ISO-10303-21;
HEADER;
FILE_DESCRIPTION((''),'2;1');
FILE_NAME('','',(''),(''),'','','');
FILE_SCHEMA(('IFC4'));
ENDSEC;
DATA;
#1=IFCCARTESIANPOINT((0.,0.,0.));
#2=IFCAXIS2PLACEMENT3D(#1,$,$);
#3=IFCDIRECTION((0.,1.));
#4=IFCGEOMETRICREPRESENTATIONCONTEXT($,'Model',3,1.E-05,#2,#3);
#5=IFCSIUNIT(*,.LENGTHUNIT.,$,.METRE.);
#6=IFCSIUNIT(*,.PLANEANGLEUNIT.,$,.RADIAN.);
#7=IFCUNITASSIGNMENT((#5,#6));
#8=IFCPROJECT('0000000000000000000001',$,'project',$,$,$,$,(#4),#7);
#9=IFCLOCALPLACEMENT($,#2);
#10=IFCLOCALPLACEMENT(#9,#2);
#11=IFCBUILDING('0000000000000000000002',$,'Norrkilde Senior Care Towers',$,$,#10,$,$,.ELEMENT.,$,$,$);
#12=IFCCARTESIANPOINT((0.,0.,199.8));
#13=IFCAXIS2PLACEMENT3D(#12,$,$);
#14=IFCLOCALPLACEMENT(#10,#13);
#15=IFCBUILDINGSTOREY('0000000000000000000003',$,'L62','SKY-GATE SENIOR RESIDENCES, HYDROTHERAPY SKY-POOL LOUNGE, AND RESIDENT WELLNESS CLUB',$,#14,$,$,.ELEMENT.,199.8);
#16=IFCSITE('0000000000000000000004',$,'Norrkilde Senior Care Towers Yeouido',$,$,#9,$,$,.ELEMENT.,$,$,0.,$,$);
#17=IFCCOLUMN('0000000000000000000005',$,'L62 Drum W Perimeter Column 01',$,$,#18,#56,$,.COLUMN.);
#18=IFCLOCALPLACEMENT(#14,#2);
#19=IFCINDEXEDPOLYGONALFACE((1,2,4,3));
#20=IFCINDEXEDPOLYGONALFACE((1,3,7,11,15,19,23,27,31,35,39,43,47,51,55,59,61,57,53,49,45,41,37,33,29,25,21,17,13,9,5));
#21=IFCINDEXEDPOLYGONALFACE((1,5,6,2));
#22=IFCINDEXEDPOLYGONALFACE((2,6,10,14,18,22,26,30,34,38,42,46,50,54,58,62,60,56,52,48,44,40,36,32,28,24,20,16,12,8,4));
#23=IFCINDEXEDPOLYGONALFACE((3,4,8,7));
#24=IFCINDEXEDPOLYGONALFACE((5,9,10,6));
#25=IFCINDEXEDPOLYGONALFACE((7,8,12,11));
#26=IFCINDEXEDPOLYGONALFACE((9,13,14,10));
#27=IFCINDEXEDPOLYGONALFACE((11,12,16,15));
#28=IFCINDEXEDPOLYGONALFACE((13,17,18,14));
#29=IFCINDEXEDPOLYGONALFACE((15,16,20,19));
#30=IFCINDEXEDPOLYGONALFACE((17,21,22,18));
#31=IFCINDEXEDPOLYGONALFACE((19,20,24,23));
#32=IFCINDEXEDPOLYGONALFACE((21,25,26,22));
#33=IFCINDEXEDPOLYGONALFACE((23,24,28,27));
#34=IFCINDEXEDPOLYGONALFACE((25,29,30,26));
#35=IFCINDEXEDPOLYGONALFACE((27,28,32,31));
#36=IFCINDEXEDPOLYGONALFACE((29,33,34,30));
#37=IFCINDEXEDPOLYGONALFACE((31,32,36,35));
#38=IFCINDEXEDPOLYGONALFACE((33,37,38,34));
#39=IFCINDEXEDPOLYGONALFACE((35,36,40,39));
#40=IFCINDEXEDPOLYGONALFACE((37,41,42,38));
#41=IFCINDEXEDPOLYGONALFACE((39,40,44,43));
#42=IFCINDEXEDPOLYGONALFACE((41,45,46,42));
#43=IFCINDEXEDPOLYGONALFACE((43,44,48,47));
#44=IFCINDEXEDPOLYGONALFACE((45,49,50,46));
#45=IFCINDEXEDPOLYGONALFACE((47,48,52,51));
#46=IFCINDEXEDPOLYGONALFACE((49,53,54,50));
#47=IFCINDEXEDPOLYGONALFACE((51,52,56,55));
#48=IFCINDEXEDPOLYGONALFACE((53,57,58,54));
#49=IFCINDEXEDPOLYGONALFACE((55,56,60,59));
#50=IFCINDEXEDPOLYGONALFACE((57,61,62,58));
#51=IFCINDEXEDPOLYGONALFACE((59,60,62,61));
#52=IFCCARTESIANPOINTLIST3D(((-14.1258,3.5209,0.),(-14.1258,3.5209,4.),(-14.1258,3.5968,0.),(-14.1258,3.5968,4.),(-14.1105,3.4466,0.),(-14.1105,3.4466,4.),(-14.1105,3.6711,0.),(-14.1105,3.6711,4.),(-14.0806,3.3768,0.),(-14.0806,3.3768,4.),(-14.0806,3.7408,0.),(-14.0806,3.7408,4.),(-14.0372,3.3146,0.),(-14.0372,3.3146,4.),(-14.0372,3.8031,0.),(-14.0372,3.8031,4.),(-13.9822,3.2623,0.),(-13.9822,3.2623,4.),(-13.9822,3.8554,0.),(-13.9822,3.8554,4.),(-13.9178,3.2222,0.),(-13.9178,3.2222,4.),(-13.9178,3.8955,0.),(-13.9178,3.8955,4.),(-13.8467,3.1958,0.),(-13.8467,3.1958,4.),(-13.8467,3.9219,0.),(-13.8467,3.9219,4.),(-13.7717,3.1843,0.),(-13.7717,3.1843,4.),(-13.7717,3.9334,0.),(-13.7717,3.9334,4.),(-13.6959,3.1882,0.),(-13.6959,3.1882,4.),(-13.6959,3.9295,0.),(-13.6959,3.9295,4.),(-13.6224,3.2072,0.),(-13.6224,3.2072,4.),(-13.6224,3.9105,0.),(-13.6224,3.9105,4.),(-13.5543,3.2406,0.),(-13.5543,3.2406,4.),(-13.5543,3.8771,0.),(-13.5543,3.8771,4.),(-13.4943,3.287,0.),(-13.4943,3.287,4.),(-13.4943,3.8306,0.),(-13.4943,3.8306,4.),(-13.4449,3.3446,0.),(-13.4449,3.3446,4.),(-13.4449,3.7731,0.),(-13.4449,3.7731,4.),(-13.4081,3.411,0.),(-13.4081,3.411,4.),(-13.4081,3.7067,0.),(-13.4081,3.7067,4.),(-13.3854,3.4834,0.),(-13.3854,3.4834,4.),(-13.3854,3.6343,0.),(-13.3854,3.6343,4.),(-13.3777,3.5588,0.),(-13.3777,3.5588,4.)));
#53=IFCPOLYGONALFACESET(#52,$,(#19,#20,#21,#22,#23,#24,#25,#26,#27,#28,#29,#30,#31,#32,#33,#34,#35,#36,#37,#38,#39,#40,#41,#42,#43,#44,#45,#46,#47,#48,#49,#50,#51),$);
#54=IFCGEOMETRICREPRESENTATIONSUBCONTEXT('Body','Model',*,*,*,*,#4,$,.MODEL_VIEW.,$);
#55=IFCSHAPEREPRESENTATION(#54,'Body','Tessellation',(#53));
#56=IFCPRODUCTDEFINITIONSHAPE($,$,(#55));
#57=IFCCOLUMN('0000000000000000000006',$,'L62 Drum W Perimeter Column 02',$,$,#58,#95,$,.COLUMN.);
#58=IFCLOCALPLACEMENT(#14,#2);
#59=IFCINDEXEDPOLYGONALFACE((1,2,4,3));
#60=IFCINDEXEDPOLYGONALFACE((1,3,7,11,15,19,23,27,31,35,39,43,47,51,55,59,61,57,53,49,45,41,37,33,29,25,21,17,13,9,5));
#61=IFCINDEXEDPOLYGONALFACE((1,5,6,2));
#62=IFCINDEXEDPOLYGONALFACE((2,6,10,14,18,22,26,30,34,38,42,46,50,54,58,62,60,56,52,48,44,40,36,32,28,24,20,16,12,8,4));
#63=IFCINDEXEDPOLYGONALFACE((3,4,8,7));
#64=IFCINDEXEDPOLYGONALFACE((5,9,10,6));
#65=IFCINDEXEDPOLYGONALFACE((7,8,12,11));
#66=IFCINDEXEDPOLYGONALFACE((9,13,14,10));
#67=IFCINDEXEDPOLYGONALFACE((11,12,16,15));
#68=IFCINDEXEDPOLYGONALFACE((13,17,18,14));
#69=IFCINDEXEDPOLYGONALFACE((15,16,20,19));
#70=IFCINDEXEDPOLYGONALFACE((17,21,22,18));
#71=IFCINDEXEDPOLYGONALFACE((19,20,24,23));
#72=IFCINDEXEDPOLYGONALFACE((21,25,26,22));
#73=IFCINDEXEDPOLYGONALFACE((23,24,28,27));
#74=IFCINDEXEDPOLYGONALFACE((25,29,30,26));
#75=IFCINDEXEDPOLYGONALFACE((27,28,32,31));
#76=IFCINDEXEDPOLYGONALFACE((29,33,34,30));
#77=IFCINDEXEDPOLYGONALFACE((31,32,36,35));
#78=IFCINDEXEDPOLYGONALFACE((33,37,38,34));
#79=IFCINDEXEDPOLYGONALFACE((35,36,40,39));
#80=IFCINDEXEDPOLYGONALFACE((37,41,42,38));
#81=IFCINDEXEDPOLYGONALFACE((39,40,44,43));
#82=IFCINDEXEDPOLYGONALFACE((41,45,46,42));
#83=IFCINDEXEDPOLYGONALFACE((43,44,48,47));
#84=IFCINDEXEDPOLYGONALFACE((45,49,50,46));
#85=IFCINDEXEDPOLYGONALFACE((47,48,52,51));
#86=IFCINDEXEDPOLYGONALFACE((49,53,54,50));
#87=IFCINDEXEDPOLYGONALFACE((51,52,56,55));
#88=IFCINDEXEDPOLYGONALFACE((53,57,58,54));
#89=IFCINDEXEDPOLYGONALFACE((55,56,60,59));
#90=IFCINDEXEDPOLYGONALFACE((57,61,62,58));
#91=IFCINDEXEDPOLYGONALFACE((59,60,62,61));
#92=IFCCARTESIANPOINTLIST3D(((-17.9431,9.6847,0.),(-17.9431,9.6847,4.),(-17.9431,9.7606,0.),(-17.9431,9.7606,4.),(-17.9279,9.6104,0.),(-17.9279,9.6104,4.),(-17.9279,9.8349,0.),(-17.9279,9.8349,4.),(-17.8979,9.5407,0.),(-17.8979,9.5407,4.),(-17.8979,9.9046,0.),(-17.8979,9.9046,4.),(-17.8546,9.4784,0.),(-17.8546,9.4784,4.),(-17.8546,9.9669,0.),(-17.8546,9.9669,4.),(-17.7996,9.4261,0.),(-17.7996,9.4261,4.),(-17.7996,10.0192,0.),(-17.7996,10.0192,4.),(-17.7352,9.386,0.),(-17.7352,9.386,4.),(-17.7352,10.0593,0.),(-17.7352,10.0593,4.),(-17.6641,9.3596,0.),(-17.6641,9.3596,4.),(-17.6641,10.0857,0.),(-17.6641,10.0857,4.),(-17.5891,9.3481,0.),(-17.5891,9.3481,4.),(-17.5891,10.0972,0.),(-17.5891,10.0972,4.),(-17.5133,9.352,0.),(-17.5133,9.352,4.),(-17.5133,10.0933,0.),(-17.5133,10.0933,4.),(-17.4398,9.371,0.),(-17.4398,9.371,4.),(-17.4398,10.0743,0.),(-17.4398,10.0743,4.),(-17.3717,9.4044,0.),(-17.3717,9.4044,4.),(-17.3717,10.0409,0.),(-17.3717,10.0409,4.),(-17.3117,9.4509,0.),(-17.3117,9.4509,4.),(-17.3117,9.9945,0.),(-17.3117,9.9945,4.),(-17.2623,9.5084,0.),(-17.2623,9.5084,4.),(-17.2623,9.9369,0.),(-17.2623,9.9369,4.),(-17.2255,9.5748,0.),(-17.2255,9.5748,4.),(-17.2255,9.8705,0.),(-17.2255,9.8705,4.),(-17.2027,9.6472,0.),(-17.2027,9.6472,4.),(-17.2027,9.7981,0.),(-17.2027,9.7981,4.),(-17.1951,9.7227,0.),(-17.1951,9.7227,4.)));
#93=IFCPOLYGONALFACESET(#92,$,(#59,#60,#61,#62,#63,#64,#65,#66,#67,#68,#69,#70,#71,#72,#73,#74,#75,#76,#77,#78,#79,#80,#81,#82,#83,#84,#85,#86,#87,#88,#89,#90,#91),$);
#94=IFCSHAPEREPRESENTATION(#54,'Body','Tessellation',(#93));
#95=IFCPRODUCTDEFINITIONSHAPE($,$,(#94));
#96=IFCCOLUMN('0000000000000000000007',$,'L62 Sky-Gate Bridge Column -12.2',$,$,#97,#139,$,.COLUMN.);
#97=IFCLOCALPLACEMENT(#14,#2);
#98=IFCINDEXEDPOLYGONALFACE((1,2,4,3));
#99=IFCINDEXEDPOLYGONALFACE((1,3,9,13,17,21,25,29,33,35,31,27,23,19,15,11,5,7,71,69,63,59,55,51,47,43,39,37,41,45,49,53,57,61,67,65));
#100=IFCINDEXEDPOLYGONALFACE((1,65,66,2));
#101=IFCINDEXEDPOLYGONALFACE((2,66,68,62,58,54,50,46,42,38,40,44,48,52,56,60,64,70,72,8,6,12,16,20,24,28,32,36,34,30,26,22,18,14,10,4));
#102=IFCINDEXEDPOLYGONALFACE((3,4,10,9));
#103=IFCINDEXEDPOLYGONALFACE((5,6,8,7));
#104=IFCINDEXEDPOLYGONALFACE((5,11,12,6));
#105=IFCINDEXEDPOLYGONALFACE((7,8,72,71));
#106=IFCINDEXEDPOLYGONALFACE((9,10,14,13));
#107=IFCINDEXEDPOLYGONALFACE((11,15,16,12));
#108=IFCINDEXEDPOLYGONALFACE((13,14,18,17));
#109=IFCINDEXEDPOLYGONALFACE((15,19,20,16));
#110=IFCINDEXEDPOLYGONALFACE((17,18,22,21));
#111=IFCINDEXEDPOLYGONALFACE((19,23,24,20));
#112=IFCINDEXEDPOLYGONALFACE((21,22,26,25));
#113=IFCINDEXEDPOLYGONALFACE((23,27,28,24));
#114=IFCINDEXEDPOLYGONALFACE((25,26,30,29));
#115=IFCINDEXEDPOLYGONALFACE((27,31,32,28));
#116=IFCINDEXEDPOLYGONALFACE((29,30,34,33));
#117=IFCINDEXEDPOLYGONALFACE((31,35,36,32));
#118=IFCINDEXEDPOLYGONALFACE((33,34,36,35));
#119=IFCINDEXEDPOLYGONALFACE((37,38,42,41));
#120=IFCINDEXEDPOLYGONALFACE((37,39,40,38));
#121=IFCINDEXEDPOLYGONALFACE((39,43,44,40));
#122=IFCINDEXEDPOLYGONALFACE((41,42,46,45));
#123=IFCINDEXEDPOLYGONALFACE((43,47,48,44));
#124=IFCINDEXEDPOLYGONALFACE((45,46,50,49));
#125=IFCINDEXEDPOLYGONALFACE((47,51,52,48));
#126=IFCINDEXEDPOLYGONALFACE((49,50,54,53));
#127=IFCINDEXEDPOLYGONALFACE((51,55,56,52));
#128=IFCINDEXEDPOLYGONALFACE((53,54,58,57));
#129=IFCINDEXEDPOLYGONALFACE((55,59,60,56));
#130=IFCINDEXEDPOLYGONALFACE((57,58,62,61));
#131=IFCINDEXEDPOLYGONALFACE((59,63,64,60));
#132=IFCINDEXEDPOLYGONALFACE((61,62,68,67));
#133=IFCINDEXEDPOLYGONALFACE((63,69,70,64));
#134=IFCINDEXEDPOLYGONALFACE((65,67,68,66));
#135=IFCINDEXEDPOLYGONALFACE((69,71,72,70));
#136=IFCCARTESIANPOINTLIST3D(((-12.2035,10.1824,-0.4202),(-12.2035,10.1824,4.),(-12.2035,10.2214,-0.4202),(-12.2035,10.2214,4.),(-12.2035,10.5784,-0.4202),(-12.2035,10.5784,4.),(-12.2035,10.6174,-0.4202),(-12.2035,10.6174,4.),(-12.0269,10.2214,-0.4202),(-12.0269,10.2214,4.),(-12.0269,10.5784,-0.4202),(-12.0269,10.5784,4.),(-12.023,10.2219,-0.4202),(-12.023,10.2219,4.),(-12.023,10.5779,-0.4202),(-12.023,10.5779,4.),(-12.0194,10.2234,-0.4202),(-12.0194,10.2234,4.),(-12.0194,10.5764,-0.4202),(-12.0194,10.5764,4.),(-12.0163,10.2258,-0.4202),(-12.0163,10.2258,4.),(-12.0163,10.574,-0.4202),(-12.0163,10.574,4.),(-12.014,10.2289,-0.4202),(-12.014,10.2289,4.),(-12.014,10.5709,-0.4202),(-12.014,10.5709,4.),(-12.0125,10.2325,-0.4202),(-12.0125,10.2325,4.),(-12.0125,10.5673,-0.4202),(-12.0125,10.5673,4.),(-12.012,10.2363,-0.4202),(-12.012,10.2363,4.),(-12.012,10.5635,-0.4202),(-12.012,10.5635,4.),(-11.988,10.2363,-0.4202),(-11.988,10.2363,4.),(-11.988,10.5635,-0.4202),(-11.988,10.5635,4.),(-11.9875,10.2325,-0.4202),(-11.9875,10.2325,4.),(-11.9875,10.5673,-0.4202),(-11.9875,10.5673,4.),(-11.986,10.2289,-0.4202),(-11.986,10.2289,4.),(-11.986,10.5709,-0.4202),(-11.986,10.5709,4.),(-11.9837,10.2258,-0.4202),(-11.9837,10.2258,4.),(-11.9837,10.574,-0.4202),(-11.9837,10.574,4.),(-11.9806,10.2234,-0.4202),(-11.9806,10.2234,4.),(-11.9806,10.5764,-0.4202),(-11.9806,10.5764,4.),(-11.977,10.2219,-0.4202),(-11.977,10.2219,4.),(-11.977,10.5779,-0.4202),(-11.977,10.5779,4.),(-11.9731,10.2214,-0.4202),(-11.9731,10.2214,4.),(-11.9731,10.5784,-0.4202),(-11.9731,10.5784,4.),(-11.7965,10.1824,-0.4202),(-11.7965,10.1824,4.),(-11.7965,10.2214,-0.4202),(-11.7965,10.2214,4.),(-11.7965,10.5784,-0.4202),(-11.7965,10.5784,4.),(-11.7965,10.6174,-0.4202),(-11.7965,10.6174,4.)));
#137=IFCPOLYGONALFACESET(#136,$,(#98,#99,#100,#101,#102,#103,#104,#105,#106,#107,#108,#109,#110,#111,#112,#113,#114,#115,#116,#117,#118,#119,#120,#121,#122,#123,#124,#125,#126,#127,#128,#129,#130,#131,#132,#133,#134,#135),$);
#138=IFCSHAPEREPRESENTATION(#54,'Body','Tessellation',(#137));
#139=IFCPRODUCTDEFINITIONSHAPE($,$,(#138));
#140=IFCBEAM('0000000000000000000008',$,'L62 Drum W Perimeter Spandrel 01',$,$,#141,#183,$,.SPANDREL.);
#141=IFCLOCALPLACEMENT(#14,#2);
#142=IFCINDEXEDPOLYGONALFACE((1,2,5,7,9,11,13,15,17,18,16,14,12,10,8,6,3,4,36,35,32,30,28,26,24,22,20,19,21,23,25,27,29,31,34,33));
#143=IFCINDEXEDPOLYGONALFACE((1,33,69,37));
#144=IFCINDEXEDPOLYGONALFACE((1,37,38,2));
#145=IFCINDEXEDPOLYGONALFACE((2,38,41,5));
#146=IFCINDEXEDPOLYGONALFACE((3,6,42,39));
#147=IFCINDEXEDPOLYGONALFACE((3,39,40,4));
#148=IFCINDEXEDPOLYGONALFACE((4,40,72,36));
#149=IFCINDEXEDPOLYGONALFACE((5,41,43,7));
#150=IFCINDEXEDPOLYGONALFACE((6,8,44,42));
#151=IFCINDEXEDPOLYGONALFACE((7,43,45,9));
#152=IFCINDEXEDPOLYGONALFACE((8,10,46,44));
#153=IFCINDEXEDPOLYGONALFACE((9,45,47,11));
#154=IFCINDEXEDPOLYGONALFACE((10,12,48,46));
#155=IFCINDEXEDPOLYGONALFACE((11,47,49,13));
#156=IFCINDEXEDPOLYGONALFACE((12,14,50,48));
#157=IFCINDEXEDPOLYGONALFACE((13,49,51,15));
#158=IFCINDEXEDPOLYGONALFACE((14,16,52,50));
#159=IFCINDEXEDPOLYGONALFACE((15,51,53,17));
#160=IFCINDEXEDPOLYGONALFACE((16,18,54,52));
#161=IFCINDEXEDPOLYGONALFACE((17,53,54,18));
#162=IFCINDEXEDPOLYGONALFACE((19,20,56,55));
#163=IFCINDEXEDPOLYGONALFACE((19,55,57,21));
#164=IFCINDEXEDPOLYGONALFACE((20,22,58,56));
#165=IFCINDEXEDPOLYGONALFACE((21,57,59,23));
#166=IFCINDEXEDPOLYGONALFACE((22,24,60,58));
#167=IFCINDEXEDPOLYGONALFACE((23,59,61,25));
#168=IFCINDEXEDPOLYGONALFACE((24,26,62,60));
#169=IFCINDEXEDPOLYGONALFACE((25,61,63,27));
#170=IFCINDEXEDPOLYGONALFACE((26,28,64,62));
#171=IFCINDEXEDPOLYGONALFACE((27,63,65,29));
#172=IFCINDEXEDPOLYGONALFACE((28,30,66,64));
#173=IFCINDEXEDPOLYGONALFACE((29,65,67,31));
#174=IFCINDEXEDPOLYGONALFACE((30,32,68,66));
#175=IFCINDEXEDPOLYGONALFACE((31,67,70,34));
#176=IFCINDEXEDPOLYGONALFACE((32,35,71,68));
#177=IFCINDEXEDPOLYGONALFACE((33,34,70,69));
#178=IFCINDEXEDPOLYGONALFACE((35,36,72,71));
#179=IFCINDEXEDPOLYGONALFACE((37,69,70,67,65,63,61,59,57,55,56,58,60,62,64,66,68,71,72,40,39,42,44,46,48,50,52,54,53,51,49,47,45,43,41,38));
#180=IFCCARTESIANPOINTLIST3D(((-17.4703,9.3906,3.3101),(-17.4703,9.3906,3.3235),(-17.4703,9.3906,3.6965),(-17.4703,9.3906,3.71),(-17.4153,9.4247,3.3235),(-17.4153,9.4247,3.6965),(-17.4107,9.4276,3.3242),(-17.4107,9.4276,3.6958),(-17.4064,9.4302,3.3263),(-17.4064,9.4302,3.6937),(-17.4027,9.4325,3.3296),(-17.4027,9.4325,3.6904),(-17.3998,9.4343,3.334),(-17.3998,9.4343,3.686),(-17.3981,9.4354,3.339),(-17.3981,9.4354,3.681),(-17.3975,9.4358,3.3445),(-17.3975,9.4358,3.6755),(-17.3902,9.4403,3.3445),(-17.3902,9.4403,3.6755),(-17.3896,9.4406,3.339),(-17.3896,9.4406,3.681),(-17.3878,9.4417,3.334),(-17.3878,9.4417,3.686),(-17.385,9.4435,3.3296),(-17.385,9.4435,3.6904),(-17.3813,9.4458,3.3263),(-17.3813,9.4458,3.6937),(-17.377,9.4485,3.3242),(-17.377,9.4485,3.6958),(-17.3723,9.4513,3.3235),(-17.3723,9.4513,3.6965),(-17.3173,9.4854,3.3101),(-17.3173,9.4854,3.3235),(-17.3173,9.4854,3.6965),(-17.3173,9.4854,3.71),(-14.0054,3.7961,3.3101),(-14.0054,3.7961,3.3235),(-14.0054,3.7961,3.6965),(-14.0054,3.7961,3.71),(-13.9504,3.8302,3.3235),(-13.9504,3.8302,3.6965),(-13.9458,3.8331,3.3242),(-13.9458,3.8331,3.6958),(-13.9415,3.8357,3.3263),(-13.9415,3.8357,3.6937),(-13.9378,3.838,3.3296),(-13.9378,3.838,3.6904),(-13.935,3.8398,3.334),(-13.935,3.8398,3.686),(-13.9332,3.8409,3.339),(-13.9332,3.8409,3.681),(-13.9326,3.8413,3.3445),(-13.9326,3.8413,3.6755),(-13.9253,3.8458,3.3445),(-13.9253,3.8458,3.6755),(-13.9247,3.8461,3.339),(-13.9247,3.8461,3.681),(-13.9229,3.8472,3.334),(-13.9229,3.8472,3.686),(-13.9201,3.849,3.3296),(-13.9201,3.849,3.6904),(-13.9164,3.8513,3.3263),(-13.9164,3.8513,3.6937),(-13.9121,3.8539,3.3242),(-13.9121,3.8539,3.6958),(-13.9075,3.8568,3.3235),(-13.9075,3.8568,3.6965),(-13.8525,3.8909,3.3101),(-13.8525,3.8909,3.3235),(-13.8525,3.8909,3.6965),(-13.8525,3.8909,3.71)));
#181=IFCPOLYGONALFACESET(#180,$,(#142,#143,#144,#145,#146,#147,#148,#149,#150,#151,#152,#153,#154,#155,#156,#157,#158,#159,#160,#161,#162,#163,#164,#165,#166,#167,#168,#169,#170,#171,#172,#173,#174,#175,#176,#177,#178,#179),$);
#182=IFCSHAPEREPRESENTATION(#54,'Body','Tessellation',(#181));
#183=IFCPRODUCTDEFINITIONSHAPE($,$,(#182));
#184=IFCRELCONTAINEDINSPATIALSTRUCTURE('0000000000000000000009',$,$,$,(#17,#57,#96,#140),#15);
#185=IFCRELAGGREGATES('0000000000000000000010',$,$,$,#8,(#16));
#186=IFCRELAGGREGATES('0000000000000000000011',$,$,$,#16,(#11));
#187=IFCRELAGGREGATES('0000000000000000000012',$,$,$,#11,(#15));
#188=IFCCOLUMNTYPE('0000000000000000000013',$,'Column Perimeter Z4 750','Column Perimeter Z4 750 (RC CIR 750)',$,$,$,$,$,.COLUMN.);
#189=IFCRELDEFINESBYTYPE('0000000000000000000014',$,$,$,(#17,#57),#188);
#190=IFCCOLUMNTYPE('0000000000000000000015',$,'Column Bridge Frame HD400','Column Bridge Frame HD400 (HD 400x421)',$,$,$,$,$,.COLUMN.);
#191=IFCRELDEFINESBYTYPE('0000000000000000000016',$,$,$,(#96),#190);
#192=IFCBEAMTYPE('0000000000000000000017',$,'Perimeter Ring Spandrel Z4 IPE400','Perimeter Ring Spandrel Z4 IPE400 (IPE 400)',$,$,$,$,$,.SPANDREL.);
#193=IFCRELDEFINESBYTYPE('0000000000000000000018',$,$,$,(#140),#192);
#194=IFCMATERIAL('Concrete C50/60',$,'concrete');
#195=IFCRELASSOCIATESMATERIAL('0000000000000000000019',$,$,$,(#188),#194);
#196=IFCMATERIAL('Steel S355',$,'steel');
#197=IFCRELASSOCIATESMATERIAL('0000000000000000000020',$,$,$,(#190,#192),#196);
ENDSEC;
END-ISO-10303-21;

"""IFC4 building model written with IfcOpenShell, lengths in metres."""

from ifc_helpers import new_model, si_unit, direction, frame, origin, origin_2d, place, context, subcontext, project, spatial, circle, i_section, extrude, source, transform, mapped, material, material_profile, profile_set, type_object, type_shapes, element, save


model = new_model("IFC4")

# Units and contexts
model_context = context("Model", 3, precision=1e-05, world=origin(), true_north=direction((0.0, 1.0)))
body_context = subcontext(model_context, "Body", "Model", "MODEL_VIEW")
ifc_project = project(units=[si_unit("LENGTHUNIT", "METRE"), si_unit("PLANEANGLEUNIT", "RADIAN")], contexts=[model_context])

# Site, building, storey
site_placement = place(None, origin())
site = spatial("IfcSite", under=ifc_project, at=site_placement, Name="Norrkilde Senior Care Towers Yeouido", CompositionType="ELEMENT", RefElevation=0.0)
building_placement = place(site_placement, origin())
building = spatial("IfcBuilding", under=site, at=building_placement, Name="Norrkilde Senior Care Towers", CompositionType="ELEMENT")
storey_placement = place(building_placement, frame((0.0, 0.0, 199.8)))
storey = spatial("IfcBuildingStorey", under=building, at=storey_placement, Name="L62", Description="SKY-GATE SENIOR RESIDENCES, HYDROTHERAPY SKY-POOL LOUNGE, AND RESIDENT WELLNESS CLUB", CompositionType="ELEMENT", Elevation=199.8)

# Columns
ifc_material_1 = material(Name="Concrete C50/60", Category="concrete")
ifc_material_profile_1 = material_profile(ifc_material_1, circle(Radius=0.375, at=origin_2d()), Name="RC CIR 750")
ifc_profile_set_1 = profile_set([ifc_material_profile_1], Name="Concrete C50/60")
column_type_1 = type_object("IfcColumnType", Name="Column Perimeter Z4 750", Description="Column Perimeter Z4 750 (RC CIR 750)", PredefinedType="COLUMN", material=ifc_profile_set_1)
shared_shape_1 = source(origin(), body_context, "Body", "SweptSolid", [
    extrude(circle(Radius=0.375, at=origin_2d()), origin(), (0.0, 0.0, 1.0), 4.0),
])
type_shapes(column_type_1, [shared_shape_1])
for number, where, z_axis, x_axis, name in (
    (1, (-13.7527, 3.5588, 0.0), (0.0, 0.0, 1.0), (1.0, 0.0, 0.0), "L62 Drum W Perimeter Column 01"),
    (2, (-17.5701, 9.7227, 0.0), (0.0, 0.0, 1.0), (1.0, 0.0, 0.0), "L62 Drum W Perimeter Column 02"),
):
    element("IfcColumn", number, at=place(storey_placement, frame(where, z_axis=z_axis, x_axis=x_axis)), inside=storey, type_object=column_type_1, Name=name, PredefinedType="COLUMN", context=body_context, shape_type="MappedRepresentation", body=[
        mapped(shared_shape_1, transform((0.0, 0.0, 0.0), x_axis=(1.0, 0.0, 0.0), y_axis=(0.0, 1.0, 0.0), z_axis=(0.0, 0.0, 1.0), scale=1.0)),
    ])
ifc_material_2 = material(Name="Steel S355", Category="steel")
ifc_material_profile_2 = material_profile(ifc_material_2, i_section(OverallWidth=0.407, OverallDepth=0.4351, WebThickness=0.0239, FlangeThickness=0.0391, FilletRadius=0.0149, at=origin_2d()), Name="HD 400x421")
ifc_profile_set_2 = profile_set([ifc_material_profile_2], Name="Steel S355")
column_type_2 = type_object("IfcColumnType", Name="Column Bridge Frame HD400", Description="Column Bridge Frame HD400 (HD 400x421)", PredefinedType="COLUMN", material=ifc_profile_set_2)
shared_shape_2 = source(origin(), body_context, "Body", "SweptSolid", [
    extrude(i_section(OverallWidth=0.407, OverallDepth=0.4351, WebThickness=0.0239, FlangeThickness=0.0391, FilletRadius=0.0149, at=origin_2d()), origin(), (0.0, 0.0, 1.0), 4.4202),
])
type_shapes(column_type_2, [shared_shape_2])
column_placement = place(storey_placement, frame((-12.0, 10.3999, -0.4202), z_axis=(0.0, 0.0, 1.0), x_axis=(1.0, 0.0, 0.0)))
element("IfcColumn", 3, at=column_placement, inside=storey, type_object=column_type_2, Name="L62 Sky-Gate Bridge Column -12.2", PredefinedType="COLUMN", context=body_context, shape_type="MappedRepresentation", body=[
    mapped(shared_shape_2, transform((0.0, 0.0, 0.0), x_axis=(1.0, 0.0, 0.0), y_axis=(0.0, 1.0, 0.0), z_axis=(0.0, 0.0, 1.0), scale=1.0)),
])

# Beam
ifc_material_profile_3 = material_profile(ifc_material_2, i_section(OverallWidth=0.1799, OverallDepth=0.3999, WebThickness=0.0085, FlangeThickness=0.0134, FilletRadius=0.021, at=origin_2d()), Name="IPE 400")
ifc_profile_set_3 = profile_set([ifc_material_profile_3], Name="Steel S355")
beam_type_1 = type_object("IfcBeamType", Name="Perimeter Ring Spandrel Z4 IPE400", Description="Perimeter Ring Spandrel Z4 IPE400 (IPE 400)", PredefinedType="SPANDREL", material=ifc_profile_set_3)
shared_shape_3 = source(origin(), body_context, "Body", "SweptSolid", [
    extrude(i_section(OverallWidth=0.1799, OverallDepth=0.3999, WebThickness=0.0085, FlangeThickness=0.0134, FilletRadius=0.021, at=origin_2d()), origin(), (0.0, 0.0, 1.0), 6.5806),
])
beam_1_placement = place(storey_placement, frame((-13.929, 3.8435, 3.51), z_axis=(-0.52653, 0.850157, 0.0), x_axis=(-0.850157, -0.52653, 0.0)))
element("IfcBeam", 4, at=beam_1_placement, inside=storey, type_object=beam_type_1, Name="L62 Drum W Perimeter Spandrel 01", PredefinedType="SPANDREL", context=body_context, shape_type="MappedRepresentation", body=[
    mapped(shared_shape_3, transform((0.0, 0.0, 0.0), x_axis=(1.0, 0.0, 0.0), y_axis=(0.0, 1.0, 0.0), z_axis=(0.0, 0.0, 1.0), scale=1.0)),
])

save(model, "model.ifc")
